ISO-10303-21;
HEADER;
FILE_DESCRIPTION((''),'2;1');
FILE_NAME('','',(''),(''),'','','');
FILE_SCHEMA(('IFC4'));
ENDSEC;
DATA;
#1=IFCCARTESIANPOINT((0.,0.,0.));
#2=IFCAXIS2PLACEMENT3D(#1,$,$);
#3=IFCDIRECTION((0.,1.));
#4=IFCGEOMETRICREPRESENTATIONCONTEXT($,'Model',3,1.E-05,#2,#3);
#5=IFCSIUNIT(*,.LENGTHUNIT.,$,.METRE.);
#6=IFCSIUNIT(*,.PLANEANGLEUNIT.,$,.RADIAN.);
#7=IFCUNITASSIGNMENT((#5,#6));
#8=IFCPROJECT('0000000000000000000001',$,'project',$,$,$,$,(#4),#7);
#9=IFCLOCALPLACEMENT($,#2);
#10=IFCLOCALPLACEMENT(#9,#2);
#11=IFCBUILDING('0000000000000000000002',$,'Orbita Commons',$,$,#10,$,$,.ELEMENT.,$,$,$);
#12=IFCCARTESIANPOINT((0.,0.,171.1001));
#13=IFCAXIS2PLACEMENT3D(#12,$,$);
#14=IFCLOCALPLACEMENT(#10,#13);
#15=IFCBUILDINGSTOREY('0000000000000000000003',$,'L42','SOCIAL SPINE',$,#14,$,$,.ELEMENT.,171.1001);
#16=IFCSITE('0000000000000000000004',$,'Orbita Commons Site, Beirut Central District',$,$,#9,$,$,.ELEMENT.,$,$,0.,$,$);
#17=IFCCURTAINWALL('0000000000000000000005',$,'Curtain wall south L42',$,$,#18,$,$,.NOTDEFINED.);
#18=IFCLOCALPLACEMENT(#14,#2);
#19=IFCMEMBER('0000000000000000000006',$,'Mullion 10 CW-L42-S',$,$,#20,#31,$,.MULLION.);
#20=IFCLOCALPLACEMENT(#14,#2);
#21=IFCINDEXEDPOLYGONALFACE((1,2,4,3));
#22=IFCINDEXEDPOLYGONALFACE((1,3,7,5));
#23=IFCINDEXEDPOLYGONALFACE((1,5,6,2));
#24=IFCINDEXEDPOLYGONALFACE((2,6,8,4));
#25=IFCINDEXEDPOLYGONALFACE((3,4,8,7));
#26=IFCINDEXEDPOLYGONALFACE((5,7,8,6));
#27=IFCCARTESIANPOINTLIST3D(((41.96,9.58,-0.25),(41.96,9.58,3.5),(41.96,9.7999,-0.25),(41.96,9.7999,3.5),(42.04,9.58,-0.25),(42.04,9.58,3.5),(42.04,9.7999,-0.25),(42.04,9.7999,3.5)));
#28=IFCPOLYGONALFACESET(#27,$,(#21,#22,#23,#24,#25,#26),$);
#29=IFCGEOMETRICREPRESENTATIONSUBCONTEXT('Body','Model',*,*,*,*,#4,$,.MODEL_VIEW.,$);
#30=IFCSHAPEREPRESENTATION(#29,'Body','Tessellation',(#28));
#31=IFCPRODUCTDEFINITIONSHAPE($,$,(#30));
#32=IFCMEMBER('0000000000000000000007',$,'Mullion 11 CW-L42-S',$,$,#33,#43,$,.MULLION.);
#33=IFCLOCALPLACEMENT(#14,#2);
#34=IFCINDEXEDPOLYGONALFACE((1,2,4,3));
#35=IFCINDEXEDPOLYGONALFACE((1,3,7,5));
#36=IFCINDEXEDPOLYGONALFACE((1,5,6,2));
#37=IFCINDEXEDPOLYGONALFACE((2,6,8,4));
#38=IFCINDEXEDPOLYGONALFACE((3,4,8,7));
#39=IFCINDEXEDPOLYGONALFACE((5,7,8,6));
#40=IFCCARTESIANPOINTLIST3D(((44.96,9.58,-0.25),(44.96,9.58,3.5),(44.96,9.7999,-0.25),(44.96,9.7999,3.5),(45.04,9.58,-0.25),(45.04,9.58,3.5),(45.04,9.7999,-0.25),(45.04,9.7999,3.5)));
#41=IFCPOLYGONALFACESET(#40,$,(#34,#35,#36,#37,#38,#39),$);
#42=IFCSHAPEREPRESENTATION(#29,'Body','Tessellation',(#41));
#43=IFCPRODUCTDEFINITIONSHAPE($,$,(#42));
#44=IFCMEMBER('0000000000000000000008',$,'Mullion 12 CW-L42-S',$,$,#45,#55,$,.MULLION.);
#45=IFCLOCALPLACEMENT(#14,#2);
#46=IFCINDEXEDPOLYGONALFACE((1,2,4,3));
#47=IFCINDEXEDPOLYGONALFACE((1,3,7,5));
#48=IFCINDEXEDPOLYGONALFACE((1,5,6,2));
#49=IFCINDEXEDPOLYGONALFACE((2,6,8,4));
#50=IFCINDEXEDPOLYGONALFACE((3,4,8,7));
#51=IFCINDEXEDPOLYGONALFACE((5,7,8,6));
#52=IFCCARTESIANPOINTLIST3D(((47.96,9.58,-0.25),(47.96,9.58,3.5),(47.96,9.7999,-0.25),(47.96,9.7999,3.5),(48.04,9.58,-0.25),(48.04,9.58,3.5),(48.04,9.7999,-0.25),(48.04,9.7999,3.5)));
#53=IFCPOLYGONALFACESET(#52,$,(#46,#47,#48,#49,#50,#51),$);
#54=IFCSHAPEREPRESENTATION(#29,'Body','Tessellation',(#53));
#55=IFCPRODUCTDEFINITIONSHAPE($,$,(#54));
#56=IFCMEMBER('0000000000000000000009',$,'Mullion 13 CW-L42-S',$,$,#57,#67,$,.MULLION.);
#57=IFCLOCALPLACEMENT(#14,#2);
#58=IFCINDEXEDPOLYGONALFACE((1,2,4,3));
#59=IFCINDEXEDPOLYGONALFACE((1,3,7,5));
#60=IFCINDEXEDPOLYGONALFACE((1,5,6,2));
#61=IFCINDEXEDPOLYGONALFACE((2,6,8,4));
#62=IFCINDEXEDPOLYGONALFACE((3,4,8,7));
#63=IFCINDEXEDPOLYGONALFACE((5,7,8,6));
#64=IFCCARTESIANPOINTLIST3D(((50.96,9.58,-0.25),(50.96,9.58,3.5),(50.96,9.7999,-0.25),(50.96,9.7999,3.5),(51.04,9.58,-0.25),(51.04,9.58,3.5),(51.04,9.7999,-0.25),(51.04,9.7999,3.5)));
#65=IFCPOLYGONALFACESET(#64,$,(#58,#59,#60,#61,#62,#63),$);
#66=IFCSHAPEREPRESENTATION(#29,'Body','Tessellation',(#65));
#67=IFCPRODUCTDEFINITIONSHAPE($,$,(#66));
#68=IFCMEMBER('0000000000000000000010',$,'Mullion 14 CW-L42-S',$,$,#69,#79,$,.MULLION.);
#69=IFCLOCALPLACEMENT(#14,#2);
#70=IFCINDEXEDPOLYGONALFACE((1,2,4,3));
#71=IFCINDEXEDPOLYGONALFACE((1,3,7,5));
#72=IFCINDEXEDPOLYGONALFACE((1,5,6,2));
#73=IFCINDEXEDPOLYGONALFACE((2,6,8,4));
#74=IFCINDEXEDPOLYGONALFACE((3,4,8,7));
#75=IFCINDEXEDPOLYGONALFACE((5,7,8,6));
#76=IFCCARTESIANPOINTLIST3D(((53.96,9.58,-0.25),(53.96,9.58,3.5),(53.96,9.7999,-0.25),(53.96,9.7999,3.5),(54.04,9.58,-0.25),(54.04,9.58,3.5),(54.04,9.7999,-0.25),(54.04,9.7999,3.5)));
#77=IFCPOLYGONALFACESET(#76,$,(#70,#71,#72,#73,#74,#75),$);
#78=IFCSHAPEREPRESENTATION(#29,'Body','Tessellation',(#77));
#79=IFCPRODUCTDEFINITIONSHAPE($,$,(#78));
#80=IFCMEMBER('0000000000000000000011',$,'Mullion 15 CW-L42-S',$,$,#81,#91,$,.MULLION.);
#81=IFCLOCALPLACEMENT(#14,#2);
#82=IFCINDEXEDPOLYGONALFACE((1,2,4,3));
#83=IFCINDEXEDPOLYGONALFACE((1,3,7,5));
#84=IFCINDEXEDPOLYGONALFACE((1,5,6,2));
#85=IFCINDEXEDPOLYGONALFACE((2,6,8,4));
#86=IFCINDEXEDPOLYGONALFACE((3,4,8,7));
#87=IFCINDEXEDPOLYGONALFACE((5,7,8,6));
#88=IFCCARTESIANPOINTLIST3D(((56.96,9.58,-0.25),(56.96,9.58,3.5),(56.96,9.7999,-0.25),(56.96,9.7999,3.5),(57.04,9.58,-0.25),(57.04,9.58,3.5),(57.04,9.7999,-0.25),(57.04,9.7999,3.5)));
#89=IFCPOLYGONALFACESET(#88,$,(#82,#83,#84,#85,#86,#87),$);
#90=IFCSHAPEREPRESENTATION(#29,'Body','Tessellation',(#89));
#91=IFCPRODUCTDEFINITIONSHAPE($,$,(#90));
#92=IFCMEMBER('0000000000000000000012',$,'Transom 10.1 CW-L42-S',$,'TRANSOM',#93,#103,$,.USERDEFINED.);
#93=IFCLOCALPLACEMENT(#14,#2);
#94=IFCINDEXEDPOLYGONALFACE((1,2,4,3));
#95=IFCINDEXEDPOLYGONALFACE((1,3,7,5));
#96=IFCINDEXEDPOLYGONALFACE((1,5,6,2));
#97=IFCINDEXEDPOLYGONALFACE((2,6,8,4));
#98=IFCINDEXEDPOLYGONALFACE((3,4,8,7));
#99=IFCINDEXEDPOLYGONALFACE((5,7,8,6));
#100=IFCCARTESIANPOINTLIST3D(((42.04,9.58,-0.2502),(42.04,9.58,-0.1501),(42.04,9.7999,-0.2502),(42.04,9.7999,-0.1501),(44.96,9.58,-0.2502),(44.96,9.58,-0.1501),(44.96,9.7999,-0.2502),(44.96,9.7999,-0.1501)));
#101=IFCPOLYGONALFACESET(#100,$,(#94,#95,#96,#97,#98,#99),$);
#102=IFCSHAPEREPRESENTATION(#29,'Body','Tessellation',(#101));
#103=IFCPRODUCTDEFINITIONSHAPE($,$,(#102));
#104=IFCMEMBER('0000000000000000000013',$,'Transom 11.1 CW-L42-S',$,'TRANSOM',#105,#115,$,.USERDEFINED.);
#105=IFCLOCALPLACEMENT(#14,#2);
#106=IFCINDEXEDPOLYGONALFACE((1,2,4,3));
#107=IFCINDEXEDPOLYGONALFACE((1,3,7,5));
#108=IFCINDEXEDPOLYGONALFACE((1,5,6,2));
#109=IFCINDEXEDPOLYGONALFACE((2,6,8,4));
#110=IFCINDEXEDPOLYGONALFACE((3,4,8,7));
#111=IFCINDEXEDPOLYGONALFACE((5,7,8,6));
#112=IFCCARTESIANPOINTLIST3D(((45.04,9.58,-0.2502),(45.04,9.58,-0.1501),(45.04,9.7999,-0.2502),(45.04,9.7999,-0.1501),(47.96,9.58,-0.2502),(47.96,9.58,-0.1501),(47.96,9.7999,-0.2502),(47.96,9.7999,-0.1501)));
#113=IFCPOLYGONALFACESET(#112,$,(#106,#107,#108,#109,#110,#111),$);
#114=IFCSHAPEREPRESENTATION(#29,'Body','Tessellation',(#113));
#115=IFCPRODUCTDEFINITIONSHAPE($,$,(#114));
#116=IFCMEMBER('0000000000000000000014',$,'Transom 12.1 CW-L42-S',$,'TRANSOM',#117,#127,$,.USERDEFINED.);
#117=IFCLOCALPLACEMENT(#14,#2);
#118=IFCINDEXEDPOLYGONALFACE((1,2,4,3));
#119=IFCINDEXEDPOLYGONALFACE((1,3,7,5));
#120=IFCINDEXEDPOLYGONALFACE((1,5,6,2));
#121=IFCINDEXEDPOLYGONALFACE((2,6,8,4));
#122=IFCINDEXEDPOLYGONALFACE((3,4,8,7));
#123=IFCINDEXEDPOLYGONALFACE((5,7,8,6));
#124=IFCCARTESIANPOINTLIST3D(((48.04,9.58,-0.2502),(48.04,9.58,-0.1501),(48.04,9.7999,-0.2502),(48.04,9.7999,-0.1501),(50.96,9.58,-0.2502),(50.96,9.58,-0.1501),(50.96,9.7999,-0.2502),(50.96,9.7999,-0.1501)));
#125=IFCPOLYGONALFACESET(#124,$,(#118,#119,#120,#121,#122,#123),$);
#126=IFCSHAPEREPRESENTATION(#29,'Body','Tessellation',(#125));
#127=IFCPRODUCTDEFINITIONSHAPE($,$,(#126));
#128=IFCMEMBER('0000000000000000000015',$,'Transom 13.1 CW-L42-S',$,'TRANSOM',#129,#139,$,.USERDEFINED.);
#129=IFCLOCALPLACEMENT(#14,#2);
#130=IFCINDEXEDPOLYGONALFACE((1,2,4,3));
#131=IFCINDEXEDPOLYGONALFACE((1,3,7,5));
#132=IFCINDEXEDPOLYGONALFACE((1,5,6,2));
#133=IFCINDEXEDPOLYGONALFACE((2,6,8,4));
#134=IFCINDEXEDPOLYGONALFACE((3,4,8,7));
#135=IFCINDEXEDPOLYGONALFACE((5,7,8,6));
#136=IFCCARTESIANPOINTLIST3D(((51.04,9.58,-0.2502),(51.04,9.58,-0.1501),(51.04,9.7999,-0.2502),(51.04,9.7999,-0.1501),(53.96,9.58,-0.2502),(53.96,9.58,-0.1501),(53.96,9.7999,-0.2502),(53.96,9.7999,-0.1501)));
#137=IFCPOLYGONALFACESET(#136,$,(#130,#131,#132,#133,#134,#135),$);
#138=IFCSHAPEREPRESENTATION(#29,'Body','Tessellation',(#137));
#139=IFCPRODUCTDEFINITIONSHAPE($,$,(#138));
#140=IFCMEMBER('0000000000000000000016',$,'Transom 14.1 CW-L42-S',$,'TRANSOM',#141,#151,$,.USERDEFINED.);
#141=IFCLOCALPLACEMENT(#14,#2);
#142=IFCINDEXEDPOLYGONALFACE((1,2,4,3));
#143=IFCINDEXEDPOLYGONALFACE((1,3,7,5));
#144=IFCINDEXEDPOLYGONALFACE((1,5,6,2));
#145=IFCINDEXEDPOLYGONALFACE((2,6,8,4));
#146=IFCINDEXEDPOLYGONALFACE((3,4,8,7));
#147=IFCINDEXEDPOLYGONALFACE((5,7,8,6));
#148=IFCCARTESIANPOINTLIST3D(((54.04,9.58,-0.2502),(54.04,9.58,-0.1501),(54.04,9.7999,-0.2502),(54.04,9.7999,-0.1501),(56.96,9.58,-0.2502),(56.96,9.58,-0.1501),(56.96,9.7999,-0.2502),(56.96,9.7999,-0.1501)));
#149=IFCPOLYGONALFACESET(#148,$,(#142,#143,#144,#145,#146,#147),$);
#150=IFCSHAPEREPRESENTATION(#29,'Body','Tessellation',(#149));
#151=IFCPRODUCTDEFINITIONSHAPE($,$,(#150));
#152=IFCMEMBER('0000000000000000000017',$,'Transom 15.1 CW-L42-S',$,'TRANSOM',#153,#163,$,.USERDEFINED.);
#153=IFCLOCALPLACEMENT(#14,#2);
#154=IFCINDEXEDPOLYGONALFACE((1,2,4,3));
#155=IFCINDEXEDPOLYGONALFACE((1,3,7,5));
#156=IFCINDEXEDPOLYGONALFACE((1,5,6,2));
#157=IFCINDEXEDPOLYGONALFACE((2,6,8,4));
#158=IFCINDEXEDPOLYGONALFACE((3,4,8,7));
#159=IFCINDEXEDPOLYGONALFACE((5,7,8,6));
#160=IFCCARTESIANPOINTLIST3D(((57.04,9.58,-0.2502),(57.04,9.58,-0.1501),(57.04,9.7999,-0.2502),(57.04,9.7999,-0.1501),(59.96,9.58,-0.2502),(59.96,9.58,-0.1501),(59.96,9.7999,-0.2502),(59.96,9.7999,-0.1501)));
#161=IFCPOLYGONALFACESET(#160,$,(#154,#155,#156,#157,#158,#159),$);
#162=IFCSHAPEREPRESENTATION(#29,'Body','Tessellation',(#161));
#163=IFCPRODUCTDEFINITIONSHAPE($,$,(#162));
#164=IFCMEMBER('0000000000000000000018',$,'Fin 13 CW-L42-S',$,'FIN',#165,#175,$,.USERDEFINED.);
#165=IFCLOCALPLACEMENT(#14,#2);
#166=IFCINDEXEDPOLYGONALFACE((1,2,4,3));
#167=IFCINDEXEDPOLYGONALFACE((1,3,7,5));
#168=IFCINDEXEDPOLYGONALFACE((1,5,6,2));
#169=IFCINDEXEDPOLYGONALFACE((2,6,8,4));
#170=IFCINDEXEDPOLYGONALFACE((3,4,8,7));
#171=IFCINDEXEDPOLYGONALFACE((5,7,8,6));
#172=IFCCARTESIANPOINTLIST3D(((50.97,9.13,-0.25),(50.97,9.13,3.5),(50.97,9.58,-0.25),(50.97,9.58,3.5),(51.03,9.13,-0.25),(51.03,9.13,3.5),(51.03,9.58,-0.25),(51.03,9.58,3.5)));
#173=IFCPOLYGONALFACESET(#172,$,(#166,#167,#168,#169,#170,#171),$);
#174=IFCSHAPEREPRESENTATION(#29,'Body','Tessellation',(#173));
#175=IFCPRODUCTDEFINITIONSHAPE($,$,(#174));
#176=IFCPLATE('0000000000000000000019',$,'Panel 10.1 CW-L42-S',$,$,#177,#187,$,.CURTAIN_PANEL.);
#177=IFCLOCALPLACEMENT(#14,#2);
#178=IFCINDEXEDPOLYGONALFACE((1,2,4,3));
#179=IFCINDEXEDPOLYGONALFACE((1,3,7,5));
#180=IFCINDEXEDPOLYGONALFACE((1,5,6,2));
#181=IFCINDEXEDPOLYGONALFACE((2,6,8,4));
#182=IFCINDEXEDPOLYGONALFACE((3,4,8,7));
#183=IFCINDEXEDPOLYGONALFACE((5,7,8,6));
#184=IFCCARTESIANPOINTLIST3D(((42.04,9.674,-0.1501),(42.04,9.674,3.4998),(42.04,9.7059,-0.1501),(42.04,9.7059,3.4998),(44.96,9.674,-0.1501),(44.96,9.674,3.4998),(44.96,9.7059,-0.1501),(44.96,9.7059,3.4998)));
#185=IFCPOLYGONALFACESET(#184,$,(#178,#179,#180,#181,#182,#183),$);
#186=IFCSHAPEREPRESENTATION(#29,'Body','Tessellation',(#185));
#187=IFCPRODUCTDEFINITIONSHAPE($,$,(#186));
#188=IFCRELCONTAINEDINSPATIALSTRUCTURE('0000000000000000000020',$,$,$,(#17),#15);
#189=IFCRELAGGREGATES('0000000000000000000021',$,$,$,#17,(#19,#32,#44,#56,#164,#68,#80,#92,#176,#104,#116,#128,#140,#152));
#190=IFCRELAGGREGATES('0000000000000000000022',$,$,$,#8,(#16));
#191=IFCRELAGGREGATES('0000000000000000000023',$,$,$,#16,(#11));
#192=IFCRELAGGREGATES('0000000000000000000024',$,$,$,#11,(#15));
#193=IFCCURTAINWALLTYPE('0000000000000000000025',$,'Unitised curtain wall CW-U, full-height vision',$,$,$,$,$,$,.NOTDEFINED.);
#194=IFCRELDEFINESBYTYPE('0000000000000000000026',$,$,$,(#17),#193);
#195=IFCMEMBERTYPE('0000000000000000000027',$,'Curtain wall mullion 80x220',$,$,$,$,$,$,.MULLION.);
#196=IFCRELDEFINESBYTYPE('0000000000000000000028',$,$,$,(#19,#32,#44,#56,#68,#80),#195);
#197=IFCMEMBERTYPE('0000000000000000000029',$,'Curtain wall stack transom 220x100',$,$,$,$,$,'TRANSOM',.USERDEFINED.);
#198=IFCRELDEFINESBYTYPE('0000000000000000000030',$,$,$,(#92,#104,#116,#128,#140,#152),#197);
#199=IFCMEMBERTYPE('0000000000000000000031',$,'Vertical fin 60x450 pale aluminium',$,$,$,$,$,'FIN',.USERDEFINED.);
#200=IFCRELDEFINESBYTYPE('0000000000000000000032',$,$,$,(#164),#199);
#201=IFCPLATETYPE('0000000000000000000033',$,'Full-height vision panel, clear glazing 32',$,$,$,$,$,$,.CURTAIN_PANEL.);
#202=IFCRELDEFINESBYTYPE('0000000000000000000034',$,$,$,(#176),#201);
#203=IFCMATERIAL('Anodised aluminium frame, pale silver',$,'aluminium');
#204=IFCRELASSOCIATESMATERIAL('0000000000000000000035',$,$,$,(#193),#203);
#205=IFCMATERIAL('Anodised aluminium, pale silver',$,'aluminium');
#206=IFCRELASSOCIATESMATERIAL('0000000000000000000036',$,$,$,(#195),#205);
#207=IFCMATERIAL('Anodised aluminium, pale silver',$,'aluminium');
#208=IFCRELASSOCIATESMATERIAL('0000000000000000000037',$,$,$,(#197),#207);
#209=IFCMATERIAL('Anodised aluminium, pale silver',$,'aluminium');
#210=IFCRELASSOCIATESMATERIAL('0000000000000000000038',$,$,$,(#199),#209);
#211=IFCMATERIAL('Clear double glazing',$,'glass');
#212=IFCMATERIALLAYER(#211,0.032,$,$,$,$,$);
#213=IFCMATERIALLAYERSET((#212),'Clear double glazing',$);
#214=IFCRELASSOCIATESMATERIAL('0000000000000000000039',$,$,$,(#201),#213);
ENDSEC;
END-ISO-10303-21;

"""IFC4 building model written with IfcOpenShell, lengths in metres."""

from ifc_helpers import new_model, si_unit, direction, frame, origin, origin_2d, place, context, subcontext, project, spatial, rectangle, extrude, material, layer, layer_set, material_profile, profile_set, type_object, element, aggregate, save


model = new_model("IFC4")

# Units and contexts
model_context = context("Model", 3, precision=1e-05, world=origin(), true_north=direction((0.0, 1.0)))
body_context = subcontext(model_context, "Body", "Model", "MODEL_VIEW")
ifc_project = project(units=[si_unit("LENGTHUNIT", "METRE"), si_unit("PLANEANGLEUNIT", "RADIAN")], contexts=[model_context])

# Site, building, storey
site_placement = place(None, origin())
site = spatial("IfcSite", under=ifc_project, at=site_placement, Name="Orbita Commons Site, Beirut Central District", CompositionType="ELEMENT", RefElevation=0.0)
building_placement = place(site_placement, origin())
building = spatial("IfcBuilding", under=site, at=building_placement, Name="Orbita Commons", CompositionType="ELEMENT")
storey_placement = place(building_placement, frame((0.0, 0.0, 171.1001)))
storey = spatial("IfcBuildingStorey", under=building, at=storey_placement, Name="L42", Description="SOCIAL SPINE", CompositionType="ELEMENT", Elevation=171.1001)

# Curtain wall, members, plate
ifc_material_1 = material(Name="Anodised aluminium frame, pale silver", Category="aluminium")
curtain_wall_type = type_object("IfcCurtainWallType", Name="Unitised curtain wall CW-U, full-height vision", PredefinedType="NOTDEFINED", material=ifc_material_1)
curtain_wall_placement = place(storey_placement, origin())
curtain_wall = element("IfcCurtainWall", 1, at=curtain_wall_placement, inside=storey, type_object=curtain_wall_type, Name="Curtain wall south L42", PredefinedType="NOTDEFINED")
ifc_material_2 = material(Name="Anodised aluminium, pale silver", Category="aluminium")
ifc_material_profile_1 = material_profile(ifc_material_2, rectangle(XDim=0.0801, YDim=0.22, at=origin_2d()), Name="AL 80x220")
ifc_profile_set_1 = profile_set([ifc_material_profile_1], Name="Anodised aluminium, pale silver")
member_type_1 = type_object("IfcMemberType", Name="Curtain wall mullion 80x220", PredefinedType="MULLION", material=ifc_profile_set_1)
member_1_placement = place(storey_placement, frame((42.0, 9.6899, -0.25), z_axis=(0.0, 0.0, 1.0), x_axis=(1.0, 0.0, 0.0)))
member_1 = element("IfcMember", 2, at=member_1_placement, type_object=member_type_1, Name="Mullion 10 CW-L42-S", PredefinedType="MULLION", context=body_context, shape_type="SweptSolid", body=[
    extrude(rectangle(XDim=0.0801, YDim=0.22, at=origin_2d()), origin(), (0.0, 0.0, 1.0), 3.75),
])
member_2_placement = place(storey_placement, frame((45.0, 9.6899, -0.25), z_axis=(0.0, 0.0, 1.0), x_axis=(1.0, 0.0, 0.0)))
member_2 = element("IfcMember", 3, at=member_2_placement, type_object=member_type_1, Name="Mullion 11 CW-L42-S", PredefinedType="MULLION", context=body_context, shape_type="SweptSolid", body=[
    extrude(rectangle(XDim=0.0801, YDim=0.22, at=origin_2d()), origin(), (0.0, 0.0, 1.0), 3.75),
])
member_3_placement = place(storey_placement, frame((48.0, 9.6899, -0.25), z_axis=(0.0, 0.0, 1.0), x_axis=(1.0, 0.0, 0.0)))
member_3 = element("IfcMember", 4, at=member_3_placement, type_object=member_type_1, Name="Mullion 12 CW-L42-S", PredefinedType="MULLION", context=body_context, shape_type="SweptSolid", body=[
    extrude(rectangle(XDim=0.0801, YDim=0.22, at=origin_2d()), origin(), (0.0, 0.0, 1.0), 3.75),
])
member_4_placement = place(storey_placement, frame((51.0, 9.6899, -0.25), z_axis=(0.0, 0.0, 1.0), x_axis=(1.0, 0.0, 0.0)))
member_4 = element("IfcMember", 5, at=member_4_placement, type_object=member_type_1, Name="Mullion 13 CW-L42-S", PredefinedType="MULLION", context=body_context, shape_type="SweptSolid", body=[
    extrude(rectangle(XDim=0.0801, YDim=0.22, at=origin_2d()), origin(), (0.0, 0.0, 1.0), 3.75),
])
member_5_placement = place(storey_placement, frame((54.0, 9.6899, -0.25), z_axis=(0.0, 0.0, 1.0), x_axis=(1.0, 0.0, 0.0)))
member_5 = element("IfcMember", 6, at=member_5_placement, type_object=member_type_1, Name="Mullion 14 CW-L42-S", PredefinedType="MULLION", context=body_context, shape_type="SweptSolid", body=[
    extrude(rectangle(XDim=0.0801, YDim=0.22, at=origin_2d()), origin(), (0.0, 0.0, 1.0), 3.75),
])
member_6_placement = place(storey_placement, frame((57.0, 9.6899, -0.25), z_axis=(0.0, 0.0, 1.0), x_axis=(1.0, 0.0, 0.0)))
member_6 = element("IfcMember", 7, at=member_6_placement, type_object=member_type_1, Name="Mullion 15 CW-L42-S", PredefinedType="MULLION", context=body_context, shape_type="SweptSolid", body=[
    extrude(rectangle(XDim=0.0801, YDim=0.22, at=origin_2d()), origin(), (0.0, 0.0, 1.0), 3.75),
])
ifc_material_3 = material(Name="Anodised aluminium, pale silver", Category="aluminium")
ifc_material_profile_2 = material_profile(ifc_material_3, rectangle(XDim=0.22, YDim=0.1001, at=origin_2d()), Name="AL 220x100")
ifc_profile_set_2 = profile_set([ifc_material_profile_2], Name="Anodised aluminium, pale silver")
member_type_2 = type_object("IfcMemberType", Name="Curtain wall stack transom 220x100", ElementType="TRANSOM", PredefinedType="USERDEFINED", material=ifc_profile_set_2)
member_7_placement = place(storey_placement, frame((42.04, 9.6899, -0.2002), z_axis=(1.0, 0.0, 0.0), x_axis=(0.0, 1.0, 0.0)))
member_7 = element("IfcMember", 8, at=member_7_placement, type_object=member_type_2, Name="Transom 10.1 CW-L42-S", ObjectType="TRANSOM", PredefinedType="USERDEFINED", context=body_context, shape_type="SweptSolid", body=[
    extrude(rectangle(XDim=0.22, YDim=0.1001, at=origin_2d()), origin(), (0.0, 0.0, 1.0), 2.9199),
])
member_8_placement = place(storey_placement, frame((45.04, 9.6899, -0.2002), z_axis=(1.0, 0.0, 0.0), x_axis=(0.0, 1.0, 0.0)))
member_8 = element("IfcMember", 9, at=member_8_placement, type_object=member_type_2, Name="Transom 11.1 CW-L42-S", ObjectType="TRANSOM", PredefinedType="USERDEFINED", context=body_context, shape_type="SweptSolid", body=[
    extrude(rectangle(XDim=0.22, YDim=0.1001, at=origin_2d()), origin(), (0.0, 0.0, 1.0), 2.9199),
])
member_9_placement = place(storey_placement, frame((48.04, 9.6899, -0.2002), z_axis=(1.0, 0.0, 0.0), x_axis=(0.0, 1.0, 0.0)))
member_9 = element("IfcMember", 10, at=member_9_placement, type_object=member_type_2, Name="Transom 12.1 CW-L42-S", ObjectType="TRANSOM", PredefinedType="USERDEFINED", context=body_context, shape_type="SweptSolid", body=[
    extrude(rectangle(XDim=0.22, YDim=0.1001, at=origin_2d()), origin(), (0.0, 0.0, 1.0), 2.9199),
])
member_10_placement = place(storey_placement, frame((51.04, 9.6899, -0.2002), z_axis=(1.0, 0.0, 0.0), x_axis=(0.0, 1.0, 0.0)))
member_10 = element("IfcMember", 11, at=member_10_placement, type_object=member_type_2, Name="Transom 13.1 CW-L42-S", ObjectType="TRANSOM", PredefinedType="USERDEFINED", context=body_context, shape_type="SweptSolid", body=[
    extrude(rectangle(XDim=0.22, YDim=0.1001, at=origin_2d()), origin(), (0.0, 0.0, 1.0), 2.9199),
])
member_11_placement = place(storey_placement, frame((54.04, 9.6899, -0.2002), z_axis=(1.0, 0.0, 0.0), x_axis=(0.0, 1.0, 0.0)))
member_11 = element("IfcMember", 12, at=member_11_placement, type_object=member_type_2, Name="Transom 14.1 CW-L42-S", ObjectType="TRANSOM", PredefinedType="USERDEFINED", context=body_context, shape_type="SweptSolid", body=[
    extrude(rectangle(XDim=0.22, YDim=0.1001, at=origin_2d()), origin(), (0.0, 0.0, 1.0), 2.9199),
])
member_12_placement = place(storey_placement, frame((57.04, 9.6899, -0.2002), z_axis=(1.0, 0.0, 0.0), x_axis=(0.0, 1.0, 0.0)))
member_12 = element("IfcMember", 13, at=member_12_placement, type_object=member_type_2, Name="Transom 15.1 CW-L42-S", ObjectType="TRANSOM", PredefinedType="USERDEFINED", context=body_context, shape_type="SweptSolid", body=[
    extrude(rectangle(XDim=0.22, YDim=0.1001, at=origin_2d()), origin(), (0.0, 0.0, 1.0), 2.9199),
])
ifc_material_4 = material(Name="Anodised aluminium, pale silver", Category="aluminium")
ifc_material_profile_3 = material_profile(ifc_material_4, rectangle(XDim=0.0601, YDim=0.45, at=origin_2d()), Name="FIN 60x450")
ifc_profile_set_3 = profile_set([ifc_material_profile_3], Name="Anodised aluminium, pale silver")
member_type_3 = type_object("IfcMemberType", Name="Vertical fin 60x450 pale aluminium", ElementType="FIN", PredefinedType="USERDEFINED", material=ifc_profile_set_3)
member_13_placement = place(storey_placement, frame((51.0, 9.355, -0.25), z_axis=(0.0, 0.0, 1.0), x_axis=(1.0, 0.0, 0.0)))
member_13 = element("IfcMember", 14, at=member_13_placement, type_object=member_type_3, Name="Fin 13 CW-L42-S", ObjectType="FIN", PredefinedType="USERDEFINED", context=body_context, shape_type="SweptSolid", body=[
    extrude(rectangle(XDim=0.0601, YDim=0.45, at=origin_2d()), origin(), (0.0, 0.0, 1.0), 3.75),
])
ifc_material_5 = material(Name="Clear double glazing", Category="glass")
ifc_layer_1 = layer(ifc_material_5, 0.032)
ifc_layer_set_1 = layer_set([ifc_layer_1], Name="Clear double glazing")
plate_type = type_object("IfcPlateType", Name="Full-height vision panel, clear glazing 32", PredefinedType="CURTAIN_PANEL", material=ifc_layer_set_1)
plate_1_placement = place(storey_placement, frame((43.5, 9.6899, -0.1501), z_axis=(0.0, 0.0, 1.0), x_axis=(1.0, 0.0, 0.0)))
plate_1 = element("IfcPlate", 15, at=plate_1_placement, type_object=plate_type, Name="Panel 10.1 CW-L42-S", PredefinedType="CURTAIN_PANEL", context=body_context, shape_type="SweptSolid", body=[
    extrude(rectangle(XDim=2.9199, YDim=0.032, at=origin_2d()), origin(), (0.0, 0.0, 1.0), 3.6499),
])
aggregate(curtain_wall, [member_1, member_2, member_3, member_4, member_13, member_5, member_6, member_7, plate_1, member_8, member_9, member_10, member_11, member_12])

save(model, "model.ifc")
